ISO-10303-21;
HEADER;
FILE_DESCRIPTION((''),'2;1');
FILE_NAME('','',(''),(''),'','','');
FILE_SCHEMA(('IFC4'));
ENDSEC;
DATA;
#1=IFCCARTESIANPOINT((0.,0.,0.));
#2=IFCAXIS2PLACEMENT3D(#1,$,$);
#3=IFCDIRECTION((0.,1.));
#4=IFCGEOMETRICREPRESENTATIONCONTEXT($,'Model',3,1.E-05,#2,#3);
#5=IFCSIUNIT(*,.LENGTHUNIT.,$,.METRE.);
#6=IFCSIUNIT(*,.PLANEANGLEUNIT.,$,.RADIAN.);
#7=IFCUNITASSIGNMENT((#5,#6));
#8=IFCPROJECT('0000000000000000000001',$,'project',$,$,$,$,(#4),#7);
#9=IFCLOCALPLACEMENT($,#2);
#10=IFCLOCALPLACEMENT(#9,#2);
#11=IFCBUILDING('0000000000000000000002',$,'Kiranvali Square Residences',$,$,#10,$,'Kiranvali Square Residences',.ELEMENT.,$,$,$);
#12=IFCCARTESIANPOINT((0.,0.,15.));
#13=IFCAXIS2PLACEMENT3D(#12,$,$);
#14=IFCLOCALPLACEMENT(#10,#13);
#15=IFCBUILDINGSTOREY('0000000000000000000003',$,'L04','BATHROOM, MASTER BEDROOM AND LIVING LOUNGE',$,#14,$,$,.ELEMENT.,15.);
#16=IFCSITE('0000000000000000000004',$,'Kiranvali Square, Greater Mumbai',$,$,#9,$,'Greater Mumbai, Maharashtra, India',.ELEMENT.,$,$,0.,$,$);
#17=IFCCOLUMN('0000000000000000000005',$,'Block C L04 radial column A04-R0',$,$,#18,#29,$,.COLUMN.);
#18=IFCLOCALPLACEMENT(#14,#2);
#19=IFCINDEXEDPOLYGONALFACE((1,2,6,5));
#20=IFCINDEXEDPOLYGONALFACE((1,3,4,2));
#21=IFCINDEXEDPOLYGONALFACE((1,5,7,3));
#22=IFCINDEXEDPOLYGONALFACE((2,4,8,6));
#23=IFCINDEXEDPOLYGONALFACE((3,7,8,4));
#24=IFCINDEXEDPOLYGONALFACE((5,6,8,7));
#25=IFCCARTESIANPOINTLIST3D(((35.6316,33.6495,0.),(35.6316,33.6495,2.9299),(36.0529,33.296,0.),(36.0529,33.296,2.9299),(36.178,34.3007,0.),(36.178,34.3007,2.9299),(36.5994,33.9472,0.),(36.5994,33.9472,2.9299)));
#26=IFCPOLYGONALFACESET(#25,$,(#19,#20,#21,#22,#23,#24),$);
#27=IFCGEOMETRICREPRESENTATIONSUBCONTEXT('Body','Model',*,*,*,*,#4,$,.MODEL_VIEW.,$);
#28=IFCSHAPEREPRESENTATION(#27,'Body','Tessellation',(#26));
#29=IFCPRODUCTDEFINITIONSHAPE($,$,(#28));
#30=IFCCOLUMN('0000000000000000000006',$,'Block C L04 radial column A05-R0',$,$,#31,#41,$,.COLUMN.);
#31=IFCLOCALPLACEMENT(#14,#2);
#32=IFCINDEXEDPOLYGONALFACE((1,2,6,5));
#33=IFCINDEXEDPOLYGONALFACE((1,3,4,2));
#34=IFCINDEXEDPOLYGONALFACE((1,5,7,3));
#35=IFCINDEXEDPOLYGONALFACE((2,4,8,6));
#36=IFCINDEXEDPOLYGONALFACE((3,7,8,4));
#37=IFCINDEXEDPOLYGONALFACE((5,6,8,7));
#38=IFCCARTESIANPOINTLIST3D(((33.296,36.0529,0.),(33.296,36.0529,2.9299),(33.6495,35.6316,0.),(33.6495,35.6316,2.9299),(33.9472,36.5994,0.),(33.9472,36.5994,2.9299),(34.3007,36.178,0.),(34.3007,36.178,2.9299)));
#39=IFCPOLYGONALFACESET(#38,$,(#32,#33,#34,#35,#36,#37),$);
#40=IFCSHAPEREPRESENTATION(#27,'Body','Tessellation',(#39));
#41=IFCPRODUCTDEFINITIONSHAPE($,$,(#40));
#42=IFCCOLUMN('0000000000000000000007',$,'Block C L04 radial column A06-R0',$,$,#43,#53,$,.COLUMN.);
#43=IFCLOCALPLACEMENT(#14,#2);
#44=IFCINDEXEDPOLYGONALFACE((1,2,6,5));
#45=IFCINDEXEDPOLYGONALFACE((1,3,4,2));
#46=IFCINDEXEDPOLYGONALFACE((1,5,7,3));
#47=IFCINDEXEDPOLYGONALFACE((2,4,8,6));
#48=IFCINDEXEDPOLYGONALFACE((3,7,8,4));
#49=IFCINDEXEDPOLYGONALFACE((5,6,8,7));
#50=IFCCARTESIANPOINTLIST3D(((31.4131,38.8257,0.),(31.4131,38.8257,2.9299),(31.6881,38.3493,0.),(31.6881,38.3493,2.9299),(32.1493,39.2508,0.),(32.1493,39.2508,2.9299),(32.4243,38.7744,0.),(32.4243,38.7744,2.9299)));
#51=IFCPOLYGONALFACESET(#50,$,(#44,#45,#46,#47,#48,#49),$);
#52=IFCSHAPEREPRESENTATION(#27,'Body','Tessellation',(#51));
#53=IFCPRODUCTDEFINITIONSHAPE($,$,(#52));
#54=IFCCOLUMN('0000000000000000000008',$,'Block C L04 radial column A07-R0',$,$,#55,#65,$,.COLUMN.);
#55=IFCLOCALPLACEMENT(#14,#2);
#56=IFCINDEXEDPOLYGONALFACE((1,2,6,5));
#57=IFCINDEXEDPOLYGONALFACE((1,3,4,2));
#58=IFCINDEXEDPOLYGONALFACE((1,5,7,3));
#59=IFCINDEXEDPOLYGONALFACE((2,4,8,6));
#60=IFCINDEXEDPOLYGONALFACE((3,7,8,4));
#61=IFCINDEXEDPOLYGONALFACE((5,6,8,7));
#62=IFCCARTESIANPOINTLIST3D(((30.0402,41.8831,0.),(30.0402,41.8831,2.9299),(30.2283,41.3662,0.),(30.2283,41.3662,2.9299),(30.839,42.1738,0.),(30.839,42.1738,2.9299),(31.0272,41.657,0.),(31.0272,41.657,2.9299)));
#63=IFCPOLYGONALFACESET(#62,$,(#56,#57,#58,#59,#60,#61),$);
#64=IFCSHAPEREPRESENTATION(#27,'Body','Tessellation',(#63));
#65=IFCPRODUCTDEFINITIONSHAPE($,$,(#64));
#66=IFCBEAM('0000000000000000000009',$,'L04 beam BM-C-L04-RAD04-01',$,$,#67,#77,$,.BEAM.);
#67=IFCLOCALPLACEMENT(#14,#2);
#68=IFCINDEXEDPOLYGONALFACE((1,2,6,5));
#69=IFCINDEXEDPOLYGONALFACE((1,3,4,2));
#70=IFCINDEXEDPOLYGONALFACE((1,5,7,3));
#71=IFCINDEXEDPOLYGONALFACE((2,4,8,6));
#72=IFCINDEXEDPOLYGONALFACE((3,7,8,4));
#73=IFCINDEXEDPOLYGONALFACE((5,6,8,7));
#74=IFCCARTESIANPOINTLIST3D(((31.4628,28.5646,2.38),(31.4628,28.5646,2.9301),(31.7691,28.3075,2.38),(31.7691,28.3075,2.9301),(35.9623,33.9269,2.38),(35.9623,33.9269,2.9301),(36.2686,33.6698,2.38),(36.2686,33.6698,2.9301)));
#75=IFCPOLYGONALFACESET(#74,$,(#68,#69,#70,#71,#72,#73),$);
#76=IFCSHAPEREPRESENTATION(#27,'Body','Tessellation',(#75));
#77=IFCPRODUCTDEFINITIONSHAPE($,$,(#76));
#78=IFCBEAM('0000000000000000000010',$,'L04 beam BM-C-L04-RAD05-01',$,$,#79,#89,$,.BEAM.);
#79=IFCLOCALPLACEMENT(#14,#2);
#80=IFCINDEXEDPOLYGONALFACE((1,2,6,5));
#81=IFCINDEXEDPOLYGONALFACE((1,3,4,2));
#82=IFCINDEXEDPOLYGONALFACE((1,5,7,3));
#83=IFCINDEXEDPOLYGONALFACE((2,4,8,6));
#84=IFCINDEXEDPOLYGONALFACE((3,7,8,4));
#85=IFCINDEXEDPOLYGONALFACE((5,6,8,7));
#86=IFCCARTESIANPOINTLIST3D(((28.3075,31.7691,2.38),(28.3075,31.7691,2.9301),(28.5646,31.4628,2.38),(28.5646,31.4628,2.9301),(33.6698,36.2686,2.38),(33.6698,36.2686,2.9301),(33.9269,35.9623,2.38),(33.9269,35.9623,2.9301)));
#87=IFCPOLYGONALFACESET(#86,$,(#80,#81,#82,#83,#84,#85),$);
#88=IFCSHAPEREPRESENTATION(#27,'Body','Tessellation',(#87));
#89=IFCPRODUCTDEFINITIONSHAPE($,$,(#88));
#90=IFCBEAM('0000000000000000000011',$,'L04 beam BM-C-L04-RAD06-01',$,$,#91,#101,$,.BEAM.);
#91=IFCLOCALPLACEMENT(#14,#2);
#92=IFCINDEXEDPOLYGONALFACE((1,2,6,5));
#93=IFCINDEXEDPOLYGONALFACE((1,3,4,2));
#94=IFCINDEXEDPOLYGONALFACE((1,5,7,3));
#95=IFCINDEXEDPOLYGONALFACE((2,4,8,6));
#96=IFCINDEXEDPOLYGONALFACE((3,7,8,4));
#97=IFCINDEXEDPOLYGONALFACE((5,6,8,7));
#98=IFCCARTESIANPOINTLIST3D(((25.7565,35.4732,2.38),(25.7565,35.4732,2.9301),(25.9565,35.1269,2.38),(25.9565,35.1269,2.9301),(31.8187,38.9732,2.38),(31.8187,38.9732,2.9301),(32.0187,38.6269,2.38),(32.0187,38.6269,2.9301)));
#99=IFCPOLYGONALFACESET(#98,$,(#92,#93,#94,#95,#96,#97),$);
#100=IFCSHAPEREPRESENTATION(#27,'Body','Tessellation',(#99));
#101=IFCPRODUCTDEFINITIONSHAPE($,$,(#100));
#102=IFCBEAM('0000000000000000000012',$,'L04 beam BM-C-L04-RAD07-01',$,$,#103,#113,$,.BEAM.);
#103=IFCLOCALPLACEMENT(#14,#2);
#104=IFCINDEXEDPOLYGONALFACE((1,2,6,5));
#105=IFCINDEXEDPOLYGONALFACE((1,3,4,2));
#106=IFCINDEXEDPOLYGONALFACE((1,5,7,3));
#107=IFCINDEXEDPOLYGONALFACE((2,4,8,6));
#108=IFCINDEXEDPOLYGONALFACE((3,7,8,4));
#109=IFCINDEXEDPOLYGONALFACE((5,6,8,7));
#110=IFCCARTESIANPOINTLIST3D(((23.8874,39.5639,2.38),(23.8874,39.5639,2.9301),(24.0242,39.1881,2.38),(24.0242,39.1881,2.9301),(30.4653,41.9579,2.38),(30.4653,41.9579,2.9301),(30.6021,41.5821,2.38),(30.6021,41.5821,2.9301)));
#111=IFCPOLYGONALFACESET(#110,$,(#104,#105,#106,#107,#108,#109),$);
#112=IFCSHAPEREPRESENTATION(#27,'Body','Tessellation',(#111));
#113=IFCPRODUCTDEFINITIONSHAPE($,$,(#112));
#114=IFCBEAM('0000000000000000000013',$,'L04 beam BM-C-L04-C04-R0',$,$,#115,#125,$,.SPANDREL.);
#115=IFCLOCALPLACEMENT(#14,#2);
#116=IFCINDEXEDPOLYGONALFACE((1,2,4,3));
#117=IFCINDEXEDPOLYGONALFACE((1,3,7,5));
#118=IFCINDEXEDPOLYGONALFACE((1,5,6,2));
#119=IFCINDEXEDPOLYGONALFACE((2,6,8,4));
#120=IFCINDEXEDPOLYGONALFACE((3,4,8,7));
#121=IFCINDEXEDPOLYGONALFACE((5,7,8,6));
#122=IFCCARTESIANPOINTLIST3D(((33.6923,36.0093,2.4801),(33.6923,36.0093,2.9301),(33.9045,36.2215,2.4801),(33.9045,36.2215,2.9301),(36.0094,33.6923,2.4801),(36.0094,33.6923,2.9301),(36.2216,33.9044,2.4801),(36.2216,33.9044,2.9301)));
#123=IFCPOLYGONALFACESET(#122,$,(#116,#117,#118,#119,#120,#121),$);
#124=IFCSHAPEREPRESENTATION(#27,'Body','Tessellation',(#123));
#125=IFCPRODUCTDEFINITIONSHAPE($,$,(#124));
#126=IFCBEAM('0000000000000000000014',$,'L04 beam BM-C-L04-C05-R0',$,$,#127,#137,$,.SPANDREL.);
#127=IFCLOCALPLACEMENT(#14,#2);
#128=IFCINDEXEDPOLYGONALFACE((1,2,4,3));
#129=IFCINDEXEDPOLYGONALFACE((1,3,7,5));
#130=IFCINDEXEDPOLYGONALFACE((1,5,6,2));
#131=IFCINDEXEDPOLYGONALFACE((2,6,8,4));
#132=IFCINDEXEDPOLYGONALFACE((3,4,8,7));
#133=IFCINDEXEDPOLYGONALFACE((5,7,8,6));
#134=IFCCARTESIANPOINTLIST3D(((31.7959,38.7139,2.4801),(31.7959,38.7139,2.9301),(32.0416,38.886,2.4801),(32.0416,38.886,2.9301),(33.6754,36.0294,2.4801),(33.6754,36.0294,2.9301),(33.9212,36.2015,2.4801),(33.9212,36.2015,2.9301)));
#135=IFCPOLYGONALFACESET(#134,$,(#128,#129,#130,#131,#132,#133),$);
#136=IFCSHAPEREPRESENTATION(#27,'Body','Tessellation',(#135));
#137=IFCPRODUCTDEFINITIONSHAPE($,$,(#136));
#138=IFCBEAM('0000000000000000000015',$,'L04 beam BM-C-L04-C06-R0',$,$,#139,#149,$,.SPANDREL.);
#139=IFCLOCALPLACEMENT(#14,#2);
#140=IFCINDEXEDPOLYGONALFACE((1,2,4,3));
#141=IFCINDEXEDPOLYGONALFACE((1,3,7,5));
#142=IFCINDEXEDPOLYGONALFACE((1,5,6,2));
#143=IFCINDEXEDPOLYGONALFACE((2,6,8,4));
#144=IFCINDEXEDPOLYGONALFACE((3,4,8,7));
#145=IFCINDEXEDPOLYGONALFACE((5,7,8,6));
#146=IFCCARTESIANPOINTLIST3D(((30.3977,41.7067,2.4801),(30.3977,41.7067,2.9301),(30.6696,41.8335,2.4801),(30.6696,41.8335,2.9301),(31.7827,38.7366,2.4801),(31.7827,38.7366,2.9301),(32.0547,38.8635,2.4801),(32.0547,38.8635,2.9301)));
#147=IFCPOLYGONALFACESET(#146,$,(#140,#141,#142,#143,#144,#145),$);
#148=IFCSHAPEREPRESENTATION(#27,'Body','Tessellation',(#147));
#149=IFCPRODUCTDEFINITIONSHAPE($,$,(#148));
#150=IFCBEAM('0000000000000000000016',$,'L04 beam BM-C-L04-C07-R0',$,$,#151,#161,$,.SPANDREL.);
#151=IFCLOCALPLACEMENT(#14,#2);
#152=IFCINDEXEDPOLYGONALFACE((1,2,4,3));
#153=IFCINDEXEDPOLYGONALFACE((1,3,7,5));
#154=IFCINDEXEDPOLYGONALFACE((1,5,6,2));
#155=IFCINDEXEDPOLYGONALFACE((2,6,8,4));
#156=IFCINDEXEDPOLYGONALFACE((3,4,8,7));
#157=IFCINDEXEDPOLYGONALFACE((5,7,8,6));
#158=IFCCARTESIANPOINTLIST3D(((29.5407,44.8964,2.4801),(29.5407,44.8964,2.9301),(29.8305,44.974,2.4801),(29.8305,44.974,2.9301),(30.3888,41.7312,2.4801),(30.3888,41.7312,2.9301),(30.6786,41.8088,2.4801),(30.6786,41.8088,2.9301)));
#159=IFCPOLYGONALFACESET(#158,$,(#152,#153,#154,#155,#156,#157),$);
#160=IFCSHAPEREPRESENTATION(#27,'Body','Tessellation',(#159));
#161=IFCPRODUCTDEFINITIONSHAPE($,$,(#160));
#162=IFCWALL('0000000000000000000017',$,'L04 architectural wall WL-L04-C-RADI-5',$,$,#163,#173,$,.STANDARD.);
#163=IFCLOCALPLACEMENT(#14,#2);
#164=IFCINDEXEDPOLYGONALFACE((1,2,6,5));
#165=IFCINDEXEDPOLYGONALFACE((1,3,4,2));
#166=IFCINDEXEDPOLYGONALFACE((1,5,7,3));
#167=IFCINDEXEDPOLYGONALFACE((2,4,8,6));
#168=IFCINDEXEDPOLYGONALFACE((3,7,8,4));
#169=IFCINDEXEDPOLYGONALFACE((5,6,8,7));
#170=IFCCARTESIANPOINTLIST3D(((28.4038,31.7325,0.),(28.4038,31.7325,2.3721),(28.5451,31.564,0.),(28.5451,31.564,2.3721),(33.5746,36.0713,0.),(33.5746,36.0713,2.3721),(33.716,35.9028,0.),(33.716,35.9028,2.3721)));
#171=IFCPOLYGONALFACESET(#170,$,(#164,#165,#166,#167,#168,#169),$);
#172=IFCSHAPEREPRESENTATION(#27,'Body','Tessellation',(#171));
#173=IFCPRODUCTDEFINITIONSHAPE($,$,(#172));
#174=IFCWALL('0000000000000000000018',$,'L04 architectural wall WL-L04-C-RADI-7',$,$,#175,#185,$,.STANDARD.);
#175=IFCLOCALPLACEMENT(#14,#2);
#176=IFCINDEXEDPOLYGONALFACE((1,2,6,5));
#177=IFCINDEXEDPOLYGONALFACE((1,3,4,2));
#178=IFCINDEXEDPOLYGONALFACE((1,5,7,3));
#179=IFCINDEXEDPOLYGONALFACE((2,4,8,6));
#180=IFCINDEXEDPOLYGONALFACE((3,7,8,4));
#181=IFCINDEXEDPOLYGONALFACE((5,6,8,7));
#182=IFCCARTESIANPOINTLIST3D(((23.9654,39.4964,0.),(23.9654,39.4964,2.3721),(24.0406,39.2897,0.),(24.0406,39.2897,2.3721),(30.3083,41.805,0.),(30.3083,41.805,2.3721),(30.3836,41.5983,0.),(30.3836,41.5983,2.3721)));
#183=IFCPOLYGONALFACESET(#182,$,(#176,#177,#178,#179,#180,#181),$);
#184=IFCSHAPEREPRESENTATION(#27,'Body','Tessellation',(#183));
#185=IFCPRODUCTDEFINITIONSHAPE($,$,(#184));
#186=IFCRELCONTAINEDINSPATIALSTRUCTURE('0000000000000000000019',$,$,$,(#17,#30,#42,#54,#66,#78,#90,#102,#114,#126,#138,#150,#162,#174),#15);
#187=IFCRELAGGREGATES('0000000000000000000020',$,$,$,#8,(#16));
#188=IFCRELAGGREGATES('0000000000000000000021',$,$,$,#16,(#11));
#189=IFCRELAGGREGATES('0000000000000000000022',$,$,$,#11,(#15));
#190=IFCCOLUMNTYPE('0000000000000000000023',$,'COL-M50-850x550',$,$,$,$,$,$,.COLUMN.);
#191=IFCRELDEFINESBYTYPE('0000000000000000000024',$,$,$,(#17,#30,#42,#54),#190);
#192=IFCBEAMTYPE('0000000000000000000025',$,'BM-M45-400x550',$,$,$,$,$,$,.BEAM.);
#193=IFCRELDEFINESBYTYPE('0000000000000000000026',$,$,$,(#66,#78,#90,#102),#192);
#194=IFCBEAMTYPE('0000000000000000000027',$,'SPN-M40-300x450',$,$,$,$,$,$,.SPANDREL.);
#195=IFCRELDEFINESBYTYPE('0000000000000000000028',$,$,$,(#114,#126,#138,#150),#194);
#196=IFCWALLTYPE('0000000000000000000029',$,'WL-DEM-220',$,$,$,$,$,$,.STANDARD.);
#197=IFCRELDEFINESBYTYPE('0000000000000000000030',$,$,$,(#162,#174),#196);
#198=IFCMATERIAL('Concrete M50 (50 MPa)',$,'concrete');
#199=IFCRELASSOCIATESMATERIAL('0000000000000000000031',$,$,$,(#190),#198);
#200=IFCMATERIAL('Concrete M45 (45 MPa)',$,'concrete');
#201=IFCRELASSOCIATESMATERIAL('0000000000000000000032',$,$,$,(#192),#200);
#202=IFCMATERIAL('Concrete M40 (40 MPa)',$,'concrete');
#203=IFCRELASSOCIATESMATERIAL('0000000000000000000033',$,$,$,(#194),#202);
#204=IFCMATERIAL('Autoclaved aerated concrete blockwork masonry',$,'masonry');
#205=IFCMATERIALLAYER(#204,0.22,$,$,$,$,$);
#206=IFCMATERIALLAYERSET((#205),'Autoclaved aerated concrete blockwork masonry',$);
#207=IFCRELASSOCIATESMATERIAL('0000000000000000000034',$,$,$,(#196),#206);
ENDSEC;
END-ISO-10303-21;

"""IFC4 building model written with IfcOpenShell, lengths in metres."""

from ifc_helpers import new_model, si_unit, direction, frame, frame_2d, origin, origin_2d, place, context, subcontext, project, spatial, rectangle, extrude, material, layer, layer_set, material_profile, profile_set, type_object, element, save


model = new_model("IFC4")

# Units and contexts
model_context = context("Model", 3, precision=1e-05, world=origin(), true_north=direction((0.0, 1.0)))
body_context = subcontext(model_context, "Body", "Model", "MODEL_VIEW")
ifc_project = project(units=[si_unit("LENGTHUNIT", "METRE"), si_unit("PLANEANGLEUNIT", "RADIAN")], contexts=[model_context])

# Site, building, storey
site_placement = place(None, origin())
site = spatial("IfcSite", under=ifc_project, at=site_placement, Name="Kiranvali Square, Greater Mumbai", LongName="Greater Mumbai, Maharashtra, India", CompositionType="ELEMENT", RefElevation=0.0)
building_placement = place(site_placement, origin())
building = spatial("IfcBuilding", under=site, at=building_placement, Name="Kiranvali Square Residences", LongName="Kiranvali Square Residences", CompositionType="ELEMENT")
storey_placement = place(building_placement, frame((0.0, 0.0, 15.0)))
storey = spatial("IfcBuildingStorey", under=building, at=storey_placement, Name="L04", Description="BATHROOM, MASTER BEDROOM AND LIVING LOUNGE", CompositionType="ELEMENT", Elevation=15.0)

# Columns
ifc_material_1 = material(Name="Concrete M50 (50 MPa)", Category="concrete")
ifc_material_profile_1 = material_profile(ifc_material_1, rectangle(XDim=0.55, YDim=0.8501, at=origin_2d()), Name="RC 850x550")
ifc_profile_set_1 = profile_set([ifc_material_profile_1], Name="Concrete M50 (50 MPa)")
column_type = type_object("IfcColumnType", Name="COL-M50-850x550", PredefinedType="COLUMN", material=ifc_profile_set_1)
for number, where, z_axis, x_axis, name in (
    (1, (36.1155, 33.7983, 0.0), (0.0, 0.0, 1.0), (-0.766044, 0.642788, 0.0), "Block C L04 radial column A04-R0"),
    (2, (33.7983, 36.1155, 0.0), (0.0, 0.0, 1.0), (-0.642788, 0.766044, 0.0), "Block C L04 radial column A05-R0"),
    (3, (31.9187, 38.8, 0.0), (0.0, 0.0, 1.0), (-0.5, 0.866025, 0.0), "Block C L04 radial column A06-R0"),
    (4, (30.5337, 41.77, 0.0), (0.0, 0.0, 1.0), (-0.34202, 0.939693, 0.0), "Block C L04 radial column A07-R0"),
):
    element("IfcColumn", number, at=place(storey_placement, frame(where, z_axis=z_axis, x_axis=x_axis)), inside=storey, type_object=column_type, Name=name, PredefinedType="COLUMN", context=body_context, shape_type="SweptSolid", body=[
        extrude(rectangle(XDim=0.55, YDim=0.8501, at=origin_2d()), origin(), (0.0, 0.0, 1.0), 2.9299),
    ])

# Beams
ifc_material_2 = material(Name="Concrete M45 (45 MPa)", Category="concrete")
ifc_material_profile_2 = material_profile(ifc_material_2, rectangle(XDim=0.3999, YDim=0.55, at=origin_2d()), Name="RC 400x550")
ifc_profile_set_2 = profile_set([ifc_material_profile_2], Name="Concrete M45 (45 MPa)")
beam_type_1 = type_object("IfcBeamType", Name="BM-M45-400x550", PredefinedType="BEAM", material=ifc_profile_set_2)
for number, where, z_axis, x_axis, name in (
    (5, (36.1155, 33.7983, 2.655), (-0.642788, -0.766044, 0.0), (0.766044, -0.642788, 0.0), "L04 beam BM-C-L04-RAD04-01"),
    (6, (33.7983, 36.1155, 2.655), (-0.766044, -0.642788, 0.0), (0.642788, -0.766044, 0.0), "L04 beam BM-C-L04-RAD05-01"),
    (7, (31.9187, 38.8, 2.655), (-0.866028, -0.499995, 0.0), (0.499995, -0.866028, 0.0), "L04 beam BM-C-L04-RAD06-01"),
    (8, (30.5337, 41.77, 2.655), (-0.939698, -0.342006, 0.0), (0.342006, -0.939698, 0.0), "L04 beam BM-C-L04-RAD07-01"),
):
    element("IfcBeam", number, at=place(storey_placement, frame(where, z_axis=z_axis, x_axis=x_axis)), inside=storey, type_object=beam_type_1, Name=name, PredefinedType="BEAM", context=body_context, shape_type="SweptSolid", body=[
        extrude(rectangle(XDim=0.3999, YDim=0.55, at=origin_2d()), origin(), (0.0, 0.0, 1.0), 7.0),
    ])
ifc_material_3 = material(Name="Concrete M40 (40 MPa)", Category="concrete")
ifc_material_profile_3 = material_profile(ifc_material_3, rectangle(XDim=0.3, YDim=0.45, at=origin_2d()), Name="RC 300x450")
ifc_profile_set_3 = profile_set([ifc_material_profile_3], Name="Concrete M40 (40 MPa)")
beam_type_2 = type_object("IfcBeamType", Name="SPN-M40-300x450", PredefinedType="SPANDREL", material=ifc_profile_set_3)
beam_1_placement = place(storey_placement, frame((36.1155, 33.7983, 2.7051), z_axis=(-0.707107, 0.707107, 0.0), x_axis=(-0.707107, -0.707107, 0.0)))
element("IfcBeam", 9, at=beam_1_placement, inside=storey, type_object=beam_type_2, Name="L04 beam BM-C-L04-C04-R0", PredefinedType="SPANDREL", context=body_context, shape_type="SweptSolid", body=[
    extrude(rectangle(XDim=0.3, YDim=0.45, at=origin_2d()), origin(), (0.0, 0.0, 1.0), 3.2769),
])
for number, where, z_axis, x_axis, name in (
    (10, (33.7983, 36.1155, 2.7051), (-0.573552, 0.819169, 0.0), (-0.819169, -0.573552, 0.0), "L04 beam BM-C-L04-C05-R0"),
    (11, (31.9187, 38.8, 2.7051), (-0.422641, 0.906297, 0.0), (-0.906297, -0.422641, 0.0), "L04 beam BM-C-L04-C06-R0"),
):
    element("IfcBeam", number, at=place(storey_placement, frame(where, z_axis=z_axis, x_axis=x_axis)), inside=storey, type_object=beam_type_2, Name=name, PredefinedType="SPANDREL", context=body_context, shape_type="SweptSolid", body=[
        extrude(rectangle(XDim=0.3, YDim=0.45, at=origin_2d()), origin(), (0.0, 0.0, 1.0), 3.2771),
    ])
beam_2_placement = place(storey_placement, frame((30.5337, 41.77, 2.7051), z_axis=(-0.258822, 0.965925, 0.0), x_axis=(-0.965925, -0.258822, 0.0)))
element("IfcBeam", 12, at=beam_2_placement, inside=storey, type_object=beam_type_2, Name="L04 beam BM-C-L04-C07-R0", PredefinedType="SPANDREL", context=body_context, shape_type="SweptSolid", body=[
    extrude(rectangle(XDim=0.3, YDim=0.45, at=origin_2d()), origin(), (0.0, 0.0, 1.0), 3.2769),
])

# Walls
ifc_material_4 = material(Name="Autoclaved aerated concrete blockwork masonry", Category="masonry")
ifc_layer_1 = layer(ifc_material_4, 0.22)
ifc_layer_set_1 = layer_set([ifc_layer_1], Name="Autoclaved aerated concrete blockwork masonry")
wall_type_1 = type_object("IfcWallType", Name="WL-DEM-220", PredefinedType="STANDARD", material=ifc_layer_set_1)
for number, where, z_axis, x_axis, name in (
    (13, (33.6453, 35.9871, 0.0), (0.0, 0.0, 1.0), (-0.766047, -0.642785, 0.0), "L04 architectural wall WL-L04-C-RADI-5"),
    (14, (30.3459, 41.7017, 0.0), (0.0, 0.0, 1.0), (-0.939696, -0.34201, 0.0), "L04 architectural wall WL-L04-C-RADI-7"),
):
    element("IfcWall", number, at=place(storey_placement, frame(where, z_axis=z_axis, x_axis=x_axis)), inside=storey, type_object=wall_type_1, Name=name, PredefinedType="STANDARD", context=body_context, shape_type="SweptSolid", body=[
        extrude(rectangle(XDim=6.75, YDim=0.22, at=frame_2d((3.375, 0.0))), origin(), (0.0, 0.0, 1.0), 2.3721),
    ])

save(model, "model.ifc")
